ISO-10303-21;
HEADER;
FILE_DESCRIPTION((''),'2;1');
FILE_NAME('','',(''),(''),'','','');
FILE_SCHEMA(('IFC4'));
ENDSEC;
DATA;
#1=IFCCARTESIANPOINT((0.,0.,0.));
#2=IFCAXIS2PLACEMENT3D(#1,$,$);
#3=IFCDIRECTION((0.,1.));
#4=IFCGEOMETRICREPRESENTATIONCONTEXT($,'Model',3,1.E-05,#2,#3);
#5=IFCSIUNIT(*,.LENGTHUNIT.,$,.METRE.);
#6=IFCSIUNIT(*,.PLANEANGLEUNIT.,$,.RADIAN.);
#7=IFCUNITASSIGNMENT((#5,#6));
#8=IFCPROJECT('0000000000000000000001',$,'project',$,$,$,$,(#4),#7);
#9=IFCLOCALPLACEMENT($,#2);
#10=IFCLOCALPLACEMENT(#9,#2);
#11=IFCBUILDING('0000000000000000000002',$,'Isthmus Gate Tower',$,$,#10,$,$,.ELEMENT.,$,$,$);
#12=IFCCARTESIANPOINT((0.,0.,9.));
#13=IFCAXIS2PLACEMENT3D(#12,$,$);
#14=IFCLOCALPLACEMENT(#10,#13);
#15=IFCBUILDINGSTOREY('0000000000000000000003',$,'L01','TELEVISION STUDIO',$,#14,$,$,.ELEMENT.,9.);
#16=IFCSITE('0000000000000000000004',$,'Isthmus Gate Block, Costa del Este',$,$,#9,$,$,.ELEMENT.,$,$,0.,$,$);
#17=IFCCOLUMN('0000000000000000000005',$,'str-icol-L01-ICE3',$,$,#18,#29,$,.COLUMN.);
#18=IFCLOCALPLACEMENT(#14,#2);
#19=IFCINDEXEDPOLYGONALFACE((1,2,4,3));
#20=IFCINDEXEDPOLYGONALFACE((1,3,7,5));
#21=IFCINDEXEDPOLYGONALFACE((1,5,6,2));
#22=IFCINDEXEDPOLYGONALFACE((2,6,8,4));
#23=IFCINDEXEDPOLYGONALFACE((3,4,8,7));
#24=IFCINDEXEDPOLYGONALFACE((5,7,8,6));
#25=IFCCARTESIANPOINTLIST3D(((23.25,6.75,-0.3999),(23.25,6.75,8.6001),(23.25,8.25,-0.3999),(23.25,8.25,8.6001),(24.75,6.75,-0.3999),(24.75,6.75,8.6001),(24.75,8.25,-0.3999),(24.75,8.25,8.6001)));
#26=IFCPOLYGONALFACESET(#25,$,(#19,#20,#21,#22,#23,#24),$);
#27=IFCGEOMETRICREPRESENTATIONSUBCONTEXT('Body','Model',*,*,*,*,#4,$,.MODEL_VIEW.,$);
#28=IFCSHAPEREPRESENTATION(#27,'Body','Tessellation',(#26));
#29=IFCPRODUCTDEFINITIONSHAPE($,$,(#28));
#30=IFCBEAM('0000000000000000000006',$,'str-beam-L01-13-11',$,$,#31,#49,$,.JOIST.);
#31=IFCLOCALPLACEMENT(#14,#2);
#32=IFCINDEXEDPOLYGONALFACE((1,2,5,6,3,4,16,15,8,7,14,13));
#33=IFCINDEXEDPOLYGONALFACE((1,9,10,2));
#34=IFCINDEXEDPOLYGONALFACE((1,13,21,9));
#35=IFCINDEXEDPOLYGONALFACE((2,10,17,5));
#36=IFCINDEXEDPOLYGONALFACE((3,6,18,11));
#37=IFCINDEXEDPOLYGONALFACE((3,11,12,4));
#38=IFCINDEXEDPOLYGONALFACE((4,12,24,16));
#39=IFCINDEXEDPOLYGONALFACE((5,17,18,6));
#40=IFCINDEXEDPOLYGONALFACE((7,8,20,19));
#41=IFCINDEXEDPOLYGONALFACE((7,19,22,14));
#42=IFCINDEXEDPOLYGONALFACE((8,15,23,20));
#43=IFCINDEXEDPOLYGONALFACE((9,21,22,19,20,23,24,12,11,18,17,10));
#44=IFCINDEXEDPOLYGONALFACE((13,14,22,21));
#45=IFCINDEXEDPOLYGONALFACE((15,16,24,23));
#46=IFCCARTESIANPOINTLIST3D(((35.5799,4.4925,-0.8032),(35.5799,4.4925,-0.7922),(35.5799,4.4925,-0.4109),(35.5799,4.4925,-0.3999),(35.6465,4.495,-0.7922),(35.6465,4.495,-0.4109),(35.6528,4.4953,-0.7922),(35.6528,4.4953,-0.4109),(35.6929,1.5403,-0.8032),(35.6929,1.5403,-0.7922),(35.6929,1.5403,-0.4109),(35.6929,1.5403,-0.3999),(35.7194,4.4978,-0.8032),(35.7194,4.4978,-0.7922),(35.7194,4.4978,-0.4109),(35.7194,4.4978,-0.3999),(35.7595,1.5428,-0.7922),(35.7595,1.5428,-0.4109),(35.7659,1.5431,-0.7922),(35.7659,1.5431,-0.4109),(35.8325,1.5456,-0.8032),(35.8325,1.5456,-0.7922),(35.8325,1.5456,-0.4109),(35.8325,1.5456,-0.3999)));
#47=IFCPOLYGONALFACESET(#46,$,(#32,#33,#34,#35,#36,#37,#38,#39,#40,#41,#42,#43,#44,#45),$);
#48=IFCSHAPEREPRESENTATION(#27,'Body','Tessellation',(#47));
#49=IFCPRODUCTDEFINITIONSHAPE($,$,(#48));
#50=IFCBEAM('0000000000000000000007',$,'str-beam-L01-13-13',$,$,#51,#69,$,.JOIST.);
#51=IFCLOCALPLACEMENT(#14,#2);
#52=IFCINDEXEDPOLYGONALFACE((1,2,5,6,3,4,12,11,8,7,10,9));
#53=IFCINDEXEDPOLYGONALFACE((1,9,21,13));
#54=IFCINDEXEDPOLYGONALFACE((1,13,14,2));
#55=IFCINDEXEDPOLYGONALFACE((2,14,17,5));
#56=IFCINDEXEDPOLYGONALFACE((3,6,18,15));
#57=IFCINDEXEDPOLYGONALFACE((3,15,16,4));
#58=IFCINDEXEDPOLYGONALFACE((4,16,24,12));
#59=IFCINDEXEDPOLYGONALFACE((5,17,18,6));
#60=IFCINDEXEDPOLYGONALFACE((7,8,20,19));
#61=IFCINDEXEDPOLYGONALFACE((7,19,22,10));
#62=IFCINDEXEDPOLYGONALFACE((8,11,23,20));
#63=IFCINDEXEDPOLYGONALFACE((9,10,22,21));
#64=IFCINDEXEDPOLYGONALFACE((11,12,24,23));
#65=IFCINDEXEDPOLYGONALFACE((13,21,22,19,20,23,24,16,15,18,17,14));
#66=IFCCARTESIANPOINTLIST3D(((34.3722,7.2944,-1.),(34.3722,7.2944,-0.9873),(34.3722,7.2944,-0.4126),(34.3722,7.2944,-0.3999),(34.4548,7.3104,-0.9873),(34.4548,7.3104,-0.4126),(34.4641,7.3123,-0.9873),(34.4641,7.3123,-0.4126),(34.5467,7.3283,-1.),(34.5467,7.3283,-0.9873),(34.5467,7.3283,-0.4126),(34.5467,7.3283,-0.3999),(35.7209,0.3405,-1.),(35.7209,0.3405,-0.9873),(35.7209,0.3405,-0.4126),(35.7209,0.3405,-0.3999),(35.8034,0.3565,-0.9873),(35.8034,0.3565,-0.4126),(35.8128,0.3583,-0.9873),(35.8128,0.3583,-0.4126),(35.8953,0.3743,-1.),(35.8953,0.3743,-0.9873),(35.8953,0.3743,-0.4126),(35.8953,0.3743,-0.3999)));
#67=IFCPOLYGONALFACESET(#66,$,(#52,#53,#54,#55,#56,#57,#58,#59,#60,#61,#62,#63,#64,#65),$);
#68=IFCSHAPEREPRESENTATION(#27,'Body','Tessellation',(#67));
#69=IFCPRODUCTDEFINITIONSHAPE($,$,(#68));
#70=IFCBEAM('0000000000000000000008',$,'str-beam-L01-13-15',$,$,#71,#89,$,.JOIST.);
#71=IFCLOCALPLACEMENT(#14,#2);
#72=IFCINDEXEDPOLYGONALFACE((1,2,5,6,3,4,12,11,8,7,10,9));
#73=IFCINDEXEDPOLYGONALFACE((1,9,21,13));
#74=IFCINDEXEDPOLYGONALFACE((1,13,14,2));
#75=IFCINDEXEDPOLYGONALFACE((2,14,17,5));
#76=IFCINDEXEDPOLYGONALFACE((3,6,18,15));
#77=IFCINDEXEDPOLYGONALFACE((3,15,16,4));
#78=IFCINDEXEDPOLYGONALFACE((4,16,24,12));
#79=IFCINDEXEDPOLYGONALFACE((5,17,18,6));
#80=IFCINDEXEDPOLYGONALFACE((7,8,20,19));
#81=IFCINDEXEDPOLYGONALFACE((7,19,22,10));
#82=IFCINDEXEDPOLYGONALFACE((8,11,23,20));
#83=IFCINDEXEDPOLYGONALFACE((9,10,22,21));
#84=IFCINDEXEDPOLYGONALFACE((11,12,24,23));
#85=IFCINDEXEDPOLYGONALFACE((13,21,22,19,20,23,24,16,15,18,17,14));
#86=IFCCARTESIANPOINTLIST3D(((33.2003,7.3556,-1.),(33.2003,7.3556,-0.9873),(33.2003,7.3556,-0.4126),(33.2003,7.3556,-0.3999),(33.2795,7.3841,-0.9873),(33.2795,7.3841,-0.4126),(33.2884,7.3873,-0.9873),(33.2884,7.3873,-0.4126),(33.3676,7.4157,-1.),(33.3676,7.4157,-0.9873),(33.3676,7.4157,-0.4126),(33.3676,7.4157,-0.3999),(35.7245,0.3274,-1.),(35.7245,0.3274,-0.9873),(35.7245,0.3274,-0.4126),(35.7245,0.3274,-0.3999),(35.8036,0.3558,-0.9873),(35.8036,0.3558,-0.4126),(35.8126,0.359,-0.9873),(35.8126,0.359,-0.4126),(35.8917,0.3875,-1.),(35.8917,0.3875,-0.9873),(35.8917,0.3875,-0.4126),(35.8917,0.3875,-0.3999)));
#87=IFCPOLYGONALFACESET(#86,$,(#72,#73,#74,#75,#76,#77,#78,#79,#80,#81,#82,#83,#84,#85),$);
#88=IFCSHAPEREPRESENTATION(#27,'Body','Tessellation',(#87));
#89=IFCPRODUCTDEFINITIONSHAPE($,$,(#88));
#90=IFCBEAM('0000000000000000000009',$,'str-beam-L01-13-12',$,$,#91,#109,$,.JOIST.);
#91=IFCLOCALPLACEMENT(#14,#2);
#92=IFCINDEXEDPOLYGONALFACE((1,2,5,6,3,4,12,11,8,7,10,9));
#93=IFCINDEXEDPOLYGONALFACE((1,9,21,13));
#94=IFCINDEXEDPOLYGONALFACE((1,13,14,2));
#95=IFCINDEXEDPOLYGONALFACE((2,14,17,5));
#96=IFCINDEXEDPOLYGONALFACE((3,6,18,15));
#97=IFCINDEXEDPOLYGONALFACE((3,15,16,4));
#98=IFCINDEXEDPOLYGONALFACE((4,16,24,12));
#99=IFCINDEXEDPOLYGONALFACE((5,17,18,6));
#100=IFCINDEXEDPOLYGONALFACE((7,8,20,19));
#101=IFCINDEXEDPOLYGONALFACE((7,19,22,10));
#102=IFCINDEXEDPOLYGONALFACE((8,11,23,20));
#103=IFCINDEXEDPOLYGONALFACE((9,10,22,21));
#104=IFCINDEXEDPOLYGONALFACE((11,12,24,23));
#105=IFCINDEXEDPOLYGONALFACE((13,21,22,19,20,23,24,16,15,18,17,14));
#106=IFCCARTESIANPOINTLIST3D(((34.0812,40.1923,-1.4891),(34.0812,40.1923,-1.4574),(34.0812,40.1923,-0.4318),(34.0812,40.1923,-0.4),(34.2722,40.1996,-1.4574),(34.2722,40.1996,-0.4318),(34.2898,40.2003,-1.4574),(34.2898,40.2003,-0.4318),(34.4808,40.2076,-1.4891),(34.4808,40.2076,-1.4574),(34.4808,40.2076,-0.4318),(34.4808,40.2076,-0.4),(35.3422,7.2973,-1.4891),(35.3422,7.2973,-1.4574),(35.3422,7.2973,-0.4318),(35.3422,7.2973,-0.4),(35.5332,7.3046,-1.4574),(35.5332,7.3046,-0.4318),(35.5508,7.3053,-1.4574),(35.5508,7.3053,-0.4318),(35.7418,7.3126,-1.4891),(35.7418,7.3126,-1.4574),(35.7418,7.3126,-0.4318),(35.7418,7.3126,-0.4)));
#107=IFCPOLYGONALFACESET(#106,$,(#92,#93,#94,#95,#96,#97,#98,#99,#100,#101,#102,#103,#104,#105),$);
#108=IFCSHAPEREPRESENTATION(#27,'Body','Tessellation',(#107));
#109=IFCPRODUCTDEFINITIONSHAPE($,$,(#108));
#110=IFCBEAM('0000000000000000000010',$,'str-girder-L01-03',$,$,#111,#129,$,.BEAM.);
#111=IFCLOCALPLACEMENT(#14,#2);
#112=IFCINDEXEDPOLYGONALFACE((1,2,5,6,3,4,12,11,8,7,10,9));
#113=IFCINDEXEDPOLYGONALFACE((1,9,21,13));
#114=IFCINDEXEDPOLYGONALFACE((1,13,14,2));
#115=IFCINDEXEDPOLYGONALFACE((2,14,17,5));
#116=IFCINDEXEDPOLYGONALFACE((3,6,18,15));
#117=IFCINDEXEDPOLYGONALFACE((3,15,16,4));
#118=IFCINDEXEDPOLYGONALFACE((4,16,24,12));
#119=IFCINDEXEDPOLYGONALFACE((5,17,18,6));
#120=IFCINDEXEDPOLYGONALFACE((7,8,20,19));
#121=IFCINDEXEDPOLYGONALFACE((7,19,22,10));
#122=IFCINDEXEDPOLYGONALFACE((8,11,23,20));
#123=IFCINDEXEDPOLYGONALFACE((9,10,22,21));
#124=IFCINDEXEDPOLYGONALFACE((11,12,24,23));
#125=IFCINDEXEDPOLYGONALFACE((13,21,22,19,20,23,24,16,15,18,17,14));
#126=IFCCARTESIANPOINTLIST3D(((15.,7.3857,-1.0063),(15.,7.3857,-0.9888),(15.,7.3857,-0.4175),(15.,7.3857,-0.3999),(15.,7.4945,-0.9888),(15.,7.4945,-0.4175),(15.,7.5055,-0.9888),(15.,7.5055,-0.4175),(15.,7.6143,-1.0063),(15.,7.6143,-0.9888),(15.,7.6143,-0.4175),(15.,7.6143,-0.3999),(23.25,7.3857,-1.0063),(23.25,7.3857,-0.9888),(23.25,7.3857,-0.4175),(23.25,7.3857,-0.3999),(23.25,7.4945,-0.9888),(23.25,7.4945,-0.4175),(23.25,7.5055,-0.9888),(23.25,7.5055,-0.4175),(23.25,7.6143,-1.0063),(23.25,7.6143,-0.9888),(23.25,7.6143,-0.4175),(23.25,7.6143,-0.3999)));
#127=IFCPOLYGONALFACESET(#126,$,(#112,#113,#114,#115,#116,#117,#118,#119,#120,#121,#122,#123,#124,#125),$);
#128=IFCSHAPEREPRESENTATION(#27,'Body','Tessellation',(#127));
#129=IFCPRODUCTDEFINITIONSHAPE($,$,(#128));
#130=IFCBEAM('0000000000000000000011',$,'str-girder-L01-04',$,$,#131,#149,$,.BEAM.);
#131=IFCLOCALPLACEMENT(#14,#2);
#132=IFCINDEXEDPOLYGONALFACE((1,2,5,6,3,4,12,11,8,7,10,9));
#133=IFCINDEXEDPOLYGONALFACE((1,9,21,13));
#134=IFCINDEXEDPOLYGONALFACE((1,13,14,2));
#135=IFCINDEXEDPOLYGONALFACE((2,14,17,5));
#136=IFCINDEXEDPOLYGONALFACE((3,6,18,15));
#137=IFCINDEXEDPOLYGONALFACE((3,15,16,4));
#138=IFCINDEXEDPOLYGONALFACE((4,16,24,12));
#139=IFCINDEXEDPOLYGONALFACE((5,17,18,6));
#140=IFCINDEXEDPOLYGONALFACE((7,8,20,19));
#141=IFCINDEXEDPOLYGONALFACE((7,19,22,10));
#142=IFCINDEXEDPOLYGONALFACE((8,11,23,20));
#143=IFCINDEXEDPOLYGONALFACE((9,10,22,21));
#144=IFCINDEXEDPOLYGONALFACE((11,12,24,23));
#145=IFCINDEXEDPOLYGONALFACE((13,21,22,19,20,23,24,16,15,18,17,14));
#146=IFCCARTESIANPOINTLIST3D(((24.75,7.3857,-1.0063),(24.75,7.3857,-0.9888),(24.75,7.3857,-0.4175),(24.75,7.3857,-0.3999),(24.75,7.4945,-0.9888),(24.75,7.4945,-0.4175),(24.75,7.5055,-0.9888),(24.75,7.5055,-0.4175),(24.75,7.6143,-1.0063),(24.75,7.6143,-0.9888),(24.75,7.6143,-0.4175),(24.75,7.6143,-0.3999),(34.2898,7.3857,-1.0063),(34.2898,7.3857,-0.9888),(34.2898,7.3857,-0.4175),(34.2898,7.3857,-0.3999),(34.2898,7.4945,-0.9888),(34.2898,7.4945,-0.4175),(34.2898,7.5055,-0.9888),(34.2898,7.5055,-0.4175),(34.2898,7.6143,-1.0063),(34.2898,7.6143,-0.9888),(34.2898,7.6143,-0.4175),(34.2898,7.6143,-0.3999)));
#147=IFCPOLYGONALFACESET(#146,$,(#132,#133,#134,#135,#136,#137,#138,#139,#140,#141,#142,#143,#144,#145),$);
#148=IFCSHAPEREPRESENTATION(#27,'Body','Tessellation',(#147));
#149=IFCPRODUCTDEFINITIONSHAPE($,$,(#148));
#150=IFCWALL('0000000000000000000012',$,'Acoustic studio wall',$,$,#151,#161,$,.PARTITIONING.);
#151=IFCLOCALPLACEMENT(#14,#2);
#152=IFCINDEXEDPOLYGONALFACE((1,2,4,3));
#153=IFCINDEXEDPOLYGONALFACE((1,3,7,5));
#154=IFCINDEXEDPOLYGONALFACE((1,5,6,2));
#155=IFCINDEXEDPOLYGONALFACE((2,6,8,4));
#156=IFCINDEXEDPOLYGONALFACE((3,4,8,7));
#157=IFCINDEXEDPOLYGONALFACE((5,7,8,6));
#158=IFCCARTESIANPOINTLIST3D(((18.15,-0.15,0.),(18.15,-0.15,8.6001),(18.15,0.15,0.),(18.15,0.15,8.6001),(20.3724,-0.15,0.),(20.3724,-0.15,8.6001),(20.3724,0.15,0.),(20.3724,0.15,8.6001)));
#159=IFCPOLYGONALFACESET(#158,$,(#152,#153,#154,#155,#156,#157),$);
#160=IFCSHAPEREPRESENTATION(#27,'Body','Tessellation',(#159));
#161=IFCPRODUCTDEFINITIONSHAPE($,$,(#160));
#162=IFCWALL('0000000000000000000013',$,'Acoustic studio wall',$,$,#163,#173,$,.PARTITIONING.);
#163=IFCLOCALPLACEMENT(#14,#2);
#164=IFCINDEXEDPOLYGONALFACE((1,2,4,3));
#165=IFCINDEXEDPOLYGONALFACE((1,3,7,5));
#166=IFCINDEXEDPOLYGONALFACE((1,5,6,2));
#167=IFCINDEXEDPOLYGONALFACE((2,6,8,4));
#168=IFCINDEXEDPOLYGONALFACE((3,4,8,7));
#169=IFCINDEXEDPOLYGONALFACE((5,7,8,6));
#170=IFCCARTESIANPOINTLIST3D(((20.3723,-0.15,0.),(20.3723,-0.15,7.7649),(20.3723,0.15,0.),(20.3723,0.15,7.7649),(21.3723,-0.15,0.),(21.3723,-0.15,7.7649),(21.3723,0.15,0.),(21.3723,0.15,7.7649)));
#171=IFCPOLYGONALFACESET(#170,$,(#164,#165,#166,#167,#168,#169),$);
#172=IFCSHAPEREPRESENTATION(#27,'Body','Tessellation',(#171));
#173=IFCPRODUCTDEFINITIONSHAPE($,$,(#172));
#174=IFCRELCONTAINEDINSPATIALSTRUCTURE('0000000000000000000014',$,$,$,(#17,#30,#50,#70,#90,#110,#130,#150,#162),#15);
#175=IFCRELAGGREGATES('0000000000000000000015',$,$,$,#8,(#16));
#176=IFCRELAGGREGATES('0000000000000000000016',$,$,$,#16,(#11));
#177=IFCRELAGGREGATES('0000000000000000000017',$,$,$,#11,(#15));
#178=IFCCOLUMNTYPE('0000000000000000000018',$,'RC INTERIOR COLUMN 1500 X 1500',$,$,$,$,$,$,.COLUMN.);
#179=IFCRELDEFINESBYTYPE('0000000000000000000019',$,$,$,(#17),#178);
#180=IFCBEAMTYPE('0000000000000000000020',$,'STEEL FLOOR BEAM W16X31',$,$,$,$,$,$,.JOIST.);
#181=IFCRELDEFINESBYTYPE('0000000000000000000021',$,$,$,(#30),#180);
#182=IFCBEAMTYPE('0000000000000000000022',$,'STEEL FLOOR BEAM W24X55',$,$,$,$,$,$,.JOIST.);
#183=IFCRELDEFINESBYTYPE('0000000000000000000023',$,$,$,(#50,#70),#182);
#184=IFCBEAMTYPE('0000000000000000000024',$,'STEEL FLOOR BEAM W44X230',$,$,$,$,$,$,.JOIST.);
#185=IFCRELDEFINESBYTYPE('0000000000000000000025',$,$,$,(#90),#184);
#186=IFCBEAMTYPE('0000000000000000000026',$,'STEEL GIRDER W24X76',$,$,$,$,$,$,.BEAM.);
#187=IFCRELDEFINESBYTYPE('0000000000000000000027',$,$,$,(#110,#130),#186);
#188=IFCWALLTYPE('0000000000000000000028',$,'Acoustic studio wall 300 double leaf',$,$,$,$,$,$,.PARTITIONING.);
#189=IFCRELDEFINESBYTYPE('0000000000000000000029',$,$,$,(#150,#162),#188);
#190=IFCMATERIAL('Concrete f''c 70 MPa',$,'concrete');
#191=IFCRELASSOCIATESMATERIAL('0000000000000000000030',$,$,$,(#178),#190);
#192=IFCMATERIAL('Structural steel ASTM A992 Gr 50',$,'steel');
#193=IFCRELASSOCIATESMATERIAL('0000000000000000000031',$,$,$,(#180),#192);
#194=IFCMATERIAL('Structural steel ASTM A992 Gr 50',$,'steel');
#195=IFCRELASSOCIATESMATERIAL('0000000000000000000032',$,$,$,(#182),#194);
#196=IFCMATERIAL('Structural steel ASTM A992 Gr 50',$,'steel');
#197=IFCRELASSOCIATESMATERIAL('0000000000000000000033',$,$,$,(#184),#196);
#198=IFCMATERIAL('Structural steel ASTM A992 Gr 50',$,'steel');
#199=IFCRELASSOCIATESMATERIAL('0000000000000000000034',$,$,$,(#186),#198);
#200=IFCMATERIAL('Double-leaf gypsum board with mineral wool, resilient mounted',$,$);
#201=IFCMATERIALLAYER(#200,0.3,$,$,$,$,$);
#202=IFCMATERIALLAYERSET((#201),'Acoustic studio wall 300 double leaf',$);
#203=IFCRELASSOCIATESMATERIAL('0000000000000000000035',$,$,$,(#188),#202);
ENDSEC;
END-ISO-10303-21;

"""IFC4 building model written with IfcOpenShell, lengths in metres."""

from ifc_helpers import new_model, si_unit, direction, frame, frame_2d, origin, origin_2d, place, context, subcontext, project, spatial, rectangle, i_section, extrude, material, layer, layer_set, material_profile, profile_set, type_object, element, save


model = new_model("IFC4")

# Units and contexts
model_context = context("Model", 3, precision=1e-05, world=origin(), true_north=direction((0.0, 1.0)))
body_context = subcontext(model_context, "Body", "Model", "MODEL_VIEW")
ifc_project = project(units=[si_unit("LENGTHUNIT", "METRE"), si_unit("PLANEANGLEUNIT", "RADIAN")], contexts=[model_context])

# Site, building, storey
site_placement = place(None, origin())
site = spatial("IfcSite", under=ifc_project, at=site_placement, Name="Isthmus Gate Block, Costa del Este", CompositionType="ELEMENT", RefElevation=0.0)
building_placement = place(site_placement, origin())
building = spatial("IfcBuilding", under=site, at=building_placement, Name="Isthmus Gate Tower", CompositionType="ELEMENT")
storey_placement = place(building_placement, frame((0.0, 0.0, 9.0)))
storey = spatial("IfcBuildingStorey", under=building, at=storey_placement, Name="L01", Description="TELEVISION STUDIO", CompositionType="ELEMENT", Elevation=9.0)

# Column
ifc_material_1 = material(Name="Concrete f'c 70 MPa", Category="concrete")
ifc_material_profile_1 = material_profile(ifc_material_1, rectangle(XDim=1.5, YDim=1.5, at=origin_2d()), Name="RC 1500X1500")
ifc_profile_set_1 = profile_set([ifc_material_profile_1], Name="Concrete f'c 70 MPa")
column_type = type_object("IfcColumnType", Name="RC INTERIOR COLUMN 1500 X 1500", PredefinedType="COLUMN", material=ifc_profile_set_1)
column_placement = place(storey_placement, frame((24.0, 7.5, -0.3999), z_axis=(0.0, 0.0, 1.0), x_axis=(1.0, 0.0, 0.0)))
element("IfcColumn", 1, at=column_placement, inside=storey, type_object=column_type, Name="str-icol-L01-ICE3", PredefinedType="COLUMN", context=body_context, shape_type="SweptSolid", body=[
    extrude(rectangle(XDim=1.5, YDim=1.5, at=origin_2d()), origin(), (0.0, 0.0, 1.0), 9.0),
])

# Beams
ifc_material_2 = material(Name="Structural steel ASTM A992 Gr 50", Category="steel")
ifc_material_profile_2 = material_profile(ifc_material_2, i_section(OverallWidth=0.1396, OverallDepth=0.4033, WebThickness=0.0063, FlangeThickness=0.011, at=origin_2d()), Name="W16X31")
ifc_profile_set_2 = profile_set([ifc_material_profile_2], Name="Structural steel ASTM A992 Gr 50")
beam_type_1 = type_object("IfcBeamType", Name="STEEL FLOOR BEAM W16X31", PredefinedType="JOIST", material=ifc_profile_set_2)
beam_1_placement = place(storey_placement, frame((35.7627, 1.543, -0.6016), z_axis=(-0.038262, 0.999268, 0.0), x_axis=(-0.999268, -0.038262, 0.0)))
element("IfcBeam", 2, at=beam_1_placement, inside=storey, type_object=beam_type_1, Name="str-beam-L01-13-11", PredefinedType="JOIST", context=body_context, shape_type="SweptSolid", body=[
    extrude(i_section(OverallWidth=0.1396, OverallDepth=0.4033, WebThickness=0.0063, FlangeThickness=0.011, at=origin_2d()), origin(), (0.0, 0.0, 1.0), 2.9543),
])
ifc_material_3 = material(Name="Structural steel ASTM A992 Gr 50", Category="steel")
ifc_material_profile_3 = material_profile(ifc_material_3, i_section(OverallWidth=0.1777, OverallDepth=0.6001, WebThickness=0.0095, FlangeThickness=0.0127, at=origin_2d()), Name="W24X55")
ifc_profile_set_3 = profile_set([ifc_material_profile_3], Name="Structural steel ASTM A992 Gr 50")
beam_type_2 = type_object("IfcBeamType", Name="STEEL FLOOR BEAM W24X55", PredefinedType="JOIST", material=ifc_profile_set_3)
beam_2_placement = place(storey_placement, frame((35.8081, 0.3574, -0.7), z_axis=(-0.190393, 0.981708, 0.0), x_axis=(-0.981708, -0.190393, 0.0)))
element("IfcBeam", 3, at=beam_2_placement, inside=storey, type_object=beam_type_2, Name="str-beam-L01-13-13", PredefinedType="JOIST", context=body_context, shape_type="SweptSolid", body=[
    extrude(i_section(OverallWidth=0.1777, OverallDepth=0.6001, WebThickness=0.0095, FlangeThickness=0.0127, at=origin_2d()), origin(), (0.0, 0.0, 1.0), 7.0835),
])
beam_3_placement = place(storey_placement, frame((35.8081, 0.3574, -0.7), z_axis=(-0.338005, 0.941144, 0.0), x_axis=(-0.941144, -0.338005, 0.0)))
element("IfcBeam", 4, at=beam_3_placement, inside=storey, type_object=beam_type_2, Name="str-beam-L01-13-15", PredefinedType="JOIST", context=body_context, shape_type="SweptSolid", body=[
    extrude(i_section(OverallWidth=0.1777, OverallDepth=0.6001, WebThickness=0.0095, FlangeThickness=0.0127, at=origin_2d()), origin(), (0.0, 0.0, 1.0), 7.4678),
])
ifc_material_4 = material(Name="Structural steel ASTM A992 Gr 50", Category="steel")
ifc_material_profile_4 = material_profile(ifc_material_4, i_section(OverallWidth=0.3999, OverallDepth=1.0891, WebThickness=0.0176, FlangeThickness=0.0317, at=origin_2d()), Name="W44X230")
ifc_profile_set_4 = profile_set([ifc_material_profile_4], Name="Structural steel ASTM A992 Gr 50")
beam_type_3 = type_object("IfcBeamType", Name="STEEL FLOOR BEAM W44X230", PredefinedType="JOIST", material=ifc_profile_set_4)
beam_4_placement = place(storey_placement, frame((35.542, 7.3049, -0.9446), z_axis=(-0.038306, 0.999266, 0.0), x_axis=(-0.999266, -0.038306, 0.0)))
element("IfcBeam", 5, at=beam_4_placement, inside=storey, type_object=beam_type_3, Name="str-beam-L01-13-12", PredefinedType="JOIST", context=body_context, shape_type="SweptSolid", body=[
    extrude(i_section(OverallWidth=0.3999, OverallDepth=1.0891, WebThickness=0.0176, FlangeThickness=0.0317, at=origin_2d()), origin(), (0.0, 0.0, 1.0), 32.9192),
])
ifc_material_5 = material(Name="Structural steel ASTM A992 Gr 50", Category="steel")
ifc_material_profile_5 = material_profile(ifc_material_5, i_section(OverallWidth=0.2285, OverallDepth=0.6064, WebThickness=0.011, FlangeThickness=0.0176, at=origin_2d()), Name="W24X76")
ifc_profile_set_5 = profile_set([ifc_material_profile_5], Name="Structural steel ASTM A992 Gr 50")
beam_type_4 = type_object("IfcBeamType", Name="STEEL GIRDER W24X76", PredefinedType="BEAM", material=ifc_profile_set_5)
beam_5_placement = place(storey_placement, frame((15.0, 7.5, -0.7031), z_axis=(1.0, 0.0, 0.0), x_axis=(0.0, 1.0, 0.0)))
element("IfcBeam", 6, at=beam_5_placement, inside=storey, type_object=beam_type_4, Name="str-girder-L01-03", PredefinedType="BEAM", context=body_context, shape_type="SweptSolid", body=[
    extrude(i_section(OverallWidth=0.2285, OverallDepth=0.6064, WebThickness=0.011, FlangeThickness=0.0176, at=origin_2d()), origin(), (0.0, 0.0, 1.0), 8.25),
])
beam_6_placement = place(storey_placement, frame((24.75, 7.5, -0.7031), z_axis=(1.0, 0.0, 0.0), x_axis=(0.0, 1.0, 0.0)))
element("IfcBeam", 7, at=beam_6_placement, inside=storey, type_object=beam_type_4, Name="str-girder-L01-04", PredefinedType="BEAM", context=body_context, shape_type="SweptSolid", body=[
    extrude(i_section(OverallWidth=0.2285, OverallDepth=0.6064, WebThickness=0.011, FlangeThickness=0.0176, at=origin_2d()), origin(), (0.0, 0.0, 1.0), 9.5398),
])

# Walls
ifc_material_6 = material(Name="Double-leaf gypsum board with mineral wool, resilient mounted")
ifc_layer_1 = layer(ifc_material_6, 0.3)
ifc_layer_set_1 = layer_set([ifc_layer_1], Name="Acoustic studio wall 300 double leaf")
wall_type_1 = type_object("IfcWallType", Name="Acoustic studio wall 300 double leaf", PredefinedType="PARTITIONING", material=ifc_layer_set_1)
wall_1_placement = place(storey_placement, frame((18.1499, 0.0, 0.0), z_axis=(0.0, 0.0, 1.0), x_axis=(1.0, 0.0, 0.0)))
element("IfcWall", 8, at=wall_1_placement, inside=storey, type_object=wall_type_1, Name="Acoustic studio wall", PredefinedType="PARTITIONING", context=body_context, shape_type="SweptSolid", body=[
    extrude(rectangle(XDim=2.2224, YDim=0.3, at=frame_2d((1.1113, 0.0))), origin(), (0.0, 0.0, 1.0), 8.6001),
])
wall_2_placement = place(storey_placement, frame((20.3723, 0.0, 0.0), z_axis=(0.0, 0.0, 1.0), x_axis=(1.0, 0.0, 0.0)))
element("IfcWall", 9, at=wall_2_placement, inside=storey, type_object=wall_type_1, Name="Acoustic studio wall", PredefinedType="PARTITIONING", context=body_context, shape_type="SweptSolid", body=[
    extrude(rectangle(XDim=1.0, YDim=0.3, at=frame_2d((0.5, 0.0))), origin(), (0.0, 0.0, 1.0), 7.7649),
])

save(model, "model.ifc")
